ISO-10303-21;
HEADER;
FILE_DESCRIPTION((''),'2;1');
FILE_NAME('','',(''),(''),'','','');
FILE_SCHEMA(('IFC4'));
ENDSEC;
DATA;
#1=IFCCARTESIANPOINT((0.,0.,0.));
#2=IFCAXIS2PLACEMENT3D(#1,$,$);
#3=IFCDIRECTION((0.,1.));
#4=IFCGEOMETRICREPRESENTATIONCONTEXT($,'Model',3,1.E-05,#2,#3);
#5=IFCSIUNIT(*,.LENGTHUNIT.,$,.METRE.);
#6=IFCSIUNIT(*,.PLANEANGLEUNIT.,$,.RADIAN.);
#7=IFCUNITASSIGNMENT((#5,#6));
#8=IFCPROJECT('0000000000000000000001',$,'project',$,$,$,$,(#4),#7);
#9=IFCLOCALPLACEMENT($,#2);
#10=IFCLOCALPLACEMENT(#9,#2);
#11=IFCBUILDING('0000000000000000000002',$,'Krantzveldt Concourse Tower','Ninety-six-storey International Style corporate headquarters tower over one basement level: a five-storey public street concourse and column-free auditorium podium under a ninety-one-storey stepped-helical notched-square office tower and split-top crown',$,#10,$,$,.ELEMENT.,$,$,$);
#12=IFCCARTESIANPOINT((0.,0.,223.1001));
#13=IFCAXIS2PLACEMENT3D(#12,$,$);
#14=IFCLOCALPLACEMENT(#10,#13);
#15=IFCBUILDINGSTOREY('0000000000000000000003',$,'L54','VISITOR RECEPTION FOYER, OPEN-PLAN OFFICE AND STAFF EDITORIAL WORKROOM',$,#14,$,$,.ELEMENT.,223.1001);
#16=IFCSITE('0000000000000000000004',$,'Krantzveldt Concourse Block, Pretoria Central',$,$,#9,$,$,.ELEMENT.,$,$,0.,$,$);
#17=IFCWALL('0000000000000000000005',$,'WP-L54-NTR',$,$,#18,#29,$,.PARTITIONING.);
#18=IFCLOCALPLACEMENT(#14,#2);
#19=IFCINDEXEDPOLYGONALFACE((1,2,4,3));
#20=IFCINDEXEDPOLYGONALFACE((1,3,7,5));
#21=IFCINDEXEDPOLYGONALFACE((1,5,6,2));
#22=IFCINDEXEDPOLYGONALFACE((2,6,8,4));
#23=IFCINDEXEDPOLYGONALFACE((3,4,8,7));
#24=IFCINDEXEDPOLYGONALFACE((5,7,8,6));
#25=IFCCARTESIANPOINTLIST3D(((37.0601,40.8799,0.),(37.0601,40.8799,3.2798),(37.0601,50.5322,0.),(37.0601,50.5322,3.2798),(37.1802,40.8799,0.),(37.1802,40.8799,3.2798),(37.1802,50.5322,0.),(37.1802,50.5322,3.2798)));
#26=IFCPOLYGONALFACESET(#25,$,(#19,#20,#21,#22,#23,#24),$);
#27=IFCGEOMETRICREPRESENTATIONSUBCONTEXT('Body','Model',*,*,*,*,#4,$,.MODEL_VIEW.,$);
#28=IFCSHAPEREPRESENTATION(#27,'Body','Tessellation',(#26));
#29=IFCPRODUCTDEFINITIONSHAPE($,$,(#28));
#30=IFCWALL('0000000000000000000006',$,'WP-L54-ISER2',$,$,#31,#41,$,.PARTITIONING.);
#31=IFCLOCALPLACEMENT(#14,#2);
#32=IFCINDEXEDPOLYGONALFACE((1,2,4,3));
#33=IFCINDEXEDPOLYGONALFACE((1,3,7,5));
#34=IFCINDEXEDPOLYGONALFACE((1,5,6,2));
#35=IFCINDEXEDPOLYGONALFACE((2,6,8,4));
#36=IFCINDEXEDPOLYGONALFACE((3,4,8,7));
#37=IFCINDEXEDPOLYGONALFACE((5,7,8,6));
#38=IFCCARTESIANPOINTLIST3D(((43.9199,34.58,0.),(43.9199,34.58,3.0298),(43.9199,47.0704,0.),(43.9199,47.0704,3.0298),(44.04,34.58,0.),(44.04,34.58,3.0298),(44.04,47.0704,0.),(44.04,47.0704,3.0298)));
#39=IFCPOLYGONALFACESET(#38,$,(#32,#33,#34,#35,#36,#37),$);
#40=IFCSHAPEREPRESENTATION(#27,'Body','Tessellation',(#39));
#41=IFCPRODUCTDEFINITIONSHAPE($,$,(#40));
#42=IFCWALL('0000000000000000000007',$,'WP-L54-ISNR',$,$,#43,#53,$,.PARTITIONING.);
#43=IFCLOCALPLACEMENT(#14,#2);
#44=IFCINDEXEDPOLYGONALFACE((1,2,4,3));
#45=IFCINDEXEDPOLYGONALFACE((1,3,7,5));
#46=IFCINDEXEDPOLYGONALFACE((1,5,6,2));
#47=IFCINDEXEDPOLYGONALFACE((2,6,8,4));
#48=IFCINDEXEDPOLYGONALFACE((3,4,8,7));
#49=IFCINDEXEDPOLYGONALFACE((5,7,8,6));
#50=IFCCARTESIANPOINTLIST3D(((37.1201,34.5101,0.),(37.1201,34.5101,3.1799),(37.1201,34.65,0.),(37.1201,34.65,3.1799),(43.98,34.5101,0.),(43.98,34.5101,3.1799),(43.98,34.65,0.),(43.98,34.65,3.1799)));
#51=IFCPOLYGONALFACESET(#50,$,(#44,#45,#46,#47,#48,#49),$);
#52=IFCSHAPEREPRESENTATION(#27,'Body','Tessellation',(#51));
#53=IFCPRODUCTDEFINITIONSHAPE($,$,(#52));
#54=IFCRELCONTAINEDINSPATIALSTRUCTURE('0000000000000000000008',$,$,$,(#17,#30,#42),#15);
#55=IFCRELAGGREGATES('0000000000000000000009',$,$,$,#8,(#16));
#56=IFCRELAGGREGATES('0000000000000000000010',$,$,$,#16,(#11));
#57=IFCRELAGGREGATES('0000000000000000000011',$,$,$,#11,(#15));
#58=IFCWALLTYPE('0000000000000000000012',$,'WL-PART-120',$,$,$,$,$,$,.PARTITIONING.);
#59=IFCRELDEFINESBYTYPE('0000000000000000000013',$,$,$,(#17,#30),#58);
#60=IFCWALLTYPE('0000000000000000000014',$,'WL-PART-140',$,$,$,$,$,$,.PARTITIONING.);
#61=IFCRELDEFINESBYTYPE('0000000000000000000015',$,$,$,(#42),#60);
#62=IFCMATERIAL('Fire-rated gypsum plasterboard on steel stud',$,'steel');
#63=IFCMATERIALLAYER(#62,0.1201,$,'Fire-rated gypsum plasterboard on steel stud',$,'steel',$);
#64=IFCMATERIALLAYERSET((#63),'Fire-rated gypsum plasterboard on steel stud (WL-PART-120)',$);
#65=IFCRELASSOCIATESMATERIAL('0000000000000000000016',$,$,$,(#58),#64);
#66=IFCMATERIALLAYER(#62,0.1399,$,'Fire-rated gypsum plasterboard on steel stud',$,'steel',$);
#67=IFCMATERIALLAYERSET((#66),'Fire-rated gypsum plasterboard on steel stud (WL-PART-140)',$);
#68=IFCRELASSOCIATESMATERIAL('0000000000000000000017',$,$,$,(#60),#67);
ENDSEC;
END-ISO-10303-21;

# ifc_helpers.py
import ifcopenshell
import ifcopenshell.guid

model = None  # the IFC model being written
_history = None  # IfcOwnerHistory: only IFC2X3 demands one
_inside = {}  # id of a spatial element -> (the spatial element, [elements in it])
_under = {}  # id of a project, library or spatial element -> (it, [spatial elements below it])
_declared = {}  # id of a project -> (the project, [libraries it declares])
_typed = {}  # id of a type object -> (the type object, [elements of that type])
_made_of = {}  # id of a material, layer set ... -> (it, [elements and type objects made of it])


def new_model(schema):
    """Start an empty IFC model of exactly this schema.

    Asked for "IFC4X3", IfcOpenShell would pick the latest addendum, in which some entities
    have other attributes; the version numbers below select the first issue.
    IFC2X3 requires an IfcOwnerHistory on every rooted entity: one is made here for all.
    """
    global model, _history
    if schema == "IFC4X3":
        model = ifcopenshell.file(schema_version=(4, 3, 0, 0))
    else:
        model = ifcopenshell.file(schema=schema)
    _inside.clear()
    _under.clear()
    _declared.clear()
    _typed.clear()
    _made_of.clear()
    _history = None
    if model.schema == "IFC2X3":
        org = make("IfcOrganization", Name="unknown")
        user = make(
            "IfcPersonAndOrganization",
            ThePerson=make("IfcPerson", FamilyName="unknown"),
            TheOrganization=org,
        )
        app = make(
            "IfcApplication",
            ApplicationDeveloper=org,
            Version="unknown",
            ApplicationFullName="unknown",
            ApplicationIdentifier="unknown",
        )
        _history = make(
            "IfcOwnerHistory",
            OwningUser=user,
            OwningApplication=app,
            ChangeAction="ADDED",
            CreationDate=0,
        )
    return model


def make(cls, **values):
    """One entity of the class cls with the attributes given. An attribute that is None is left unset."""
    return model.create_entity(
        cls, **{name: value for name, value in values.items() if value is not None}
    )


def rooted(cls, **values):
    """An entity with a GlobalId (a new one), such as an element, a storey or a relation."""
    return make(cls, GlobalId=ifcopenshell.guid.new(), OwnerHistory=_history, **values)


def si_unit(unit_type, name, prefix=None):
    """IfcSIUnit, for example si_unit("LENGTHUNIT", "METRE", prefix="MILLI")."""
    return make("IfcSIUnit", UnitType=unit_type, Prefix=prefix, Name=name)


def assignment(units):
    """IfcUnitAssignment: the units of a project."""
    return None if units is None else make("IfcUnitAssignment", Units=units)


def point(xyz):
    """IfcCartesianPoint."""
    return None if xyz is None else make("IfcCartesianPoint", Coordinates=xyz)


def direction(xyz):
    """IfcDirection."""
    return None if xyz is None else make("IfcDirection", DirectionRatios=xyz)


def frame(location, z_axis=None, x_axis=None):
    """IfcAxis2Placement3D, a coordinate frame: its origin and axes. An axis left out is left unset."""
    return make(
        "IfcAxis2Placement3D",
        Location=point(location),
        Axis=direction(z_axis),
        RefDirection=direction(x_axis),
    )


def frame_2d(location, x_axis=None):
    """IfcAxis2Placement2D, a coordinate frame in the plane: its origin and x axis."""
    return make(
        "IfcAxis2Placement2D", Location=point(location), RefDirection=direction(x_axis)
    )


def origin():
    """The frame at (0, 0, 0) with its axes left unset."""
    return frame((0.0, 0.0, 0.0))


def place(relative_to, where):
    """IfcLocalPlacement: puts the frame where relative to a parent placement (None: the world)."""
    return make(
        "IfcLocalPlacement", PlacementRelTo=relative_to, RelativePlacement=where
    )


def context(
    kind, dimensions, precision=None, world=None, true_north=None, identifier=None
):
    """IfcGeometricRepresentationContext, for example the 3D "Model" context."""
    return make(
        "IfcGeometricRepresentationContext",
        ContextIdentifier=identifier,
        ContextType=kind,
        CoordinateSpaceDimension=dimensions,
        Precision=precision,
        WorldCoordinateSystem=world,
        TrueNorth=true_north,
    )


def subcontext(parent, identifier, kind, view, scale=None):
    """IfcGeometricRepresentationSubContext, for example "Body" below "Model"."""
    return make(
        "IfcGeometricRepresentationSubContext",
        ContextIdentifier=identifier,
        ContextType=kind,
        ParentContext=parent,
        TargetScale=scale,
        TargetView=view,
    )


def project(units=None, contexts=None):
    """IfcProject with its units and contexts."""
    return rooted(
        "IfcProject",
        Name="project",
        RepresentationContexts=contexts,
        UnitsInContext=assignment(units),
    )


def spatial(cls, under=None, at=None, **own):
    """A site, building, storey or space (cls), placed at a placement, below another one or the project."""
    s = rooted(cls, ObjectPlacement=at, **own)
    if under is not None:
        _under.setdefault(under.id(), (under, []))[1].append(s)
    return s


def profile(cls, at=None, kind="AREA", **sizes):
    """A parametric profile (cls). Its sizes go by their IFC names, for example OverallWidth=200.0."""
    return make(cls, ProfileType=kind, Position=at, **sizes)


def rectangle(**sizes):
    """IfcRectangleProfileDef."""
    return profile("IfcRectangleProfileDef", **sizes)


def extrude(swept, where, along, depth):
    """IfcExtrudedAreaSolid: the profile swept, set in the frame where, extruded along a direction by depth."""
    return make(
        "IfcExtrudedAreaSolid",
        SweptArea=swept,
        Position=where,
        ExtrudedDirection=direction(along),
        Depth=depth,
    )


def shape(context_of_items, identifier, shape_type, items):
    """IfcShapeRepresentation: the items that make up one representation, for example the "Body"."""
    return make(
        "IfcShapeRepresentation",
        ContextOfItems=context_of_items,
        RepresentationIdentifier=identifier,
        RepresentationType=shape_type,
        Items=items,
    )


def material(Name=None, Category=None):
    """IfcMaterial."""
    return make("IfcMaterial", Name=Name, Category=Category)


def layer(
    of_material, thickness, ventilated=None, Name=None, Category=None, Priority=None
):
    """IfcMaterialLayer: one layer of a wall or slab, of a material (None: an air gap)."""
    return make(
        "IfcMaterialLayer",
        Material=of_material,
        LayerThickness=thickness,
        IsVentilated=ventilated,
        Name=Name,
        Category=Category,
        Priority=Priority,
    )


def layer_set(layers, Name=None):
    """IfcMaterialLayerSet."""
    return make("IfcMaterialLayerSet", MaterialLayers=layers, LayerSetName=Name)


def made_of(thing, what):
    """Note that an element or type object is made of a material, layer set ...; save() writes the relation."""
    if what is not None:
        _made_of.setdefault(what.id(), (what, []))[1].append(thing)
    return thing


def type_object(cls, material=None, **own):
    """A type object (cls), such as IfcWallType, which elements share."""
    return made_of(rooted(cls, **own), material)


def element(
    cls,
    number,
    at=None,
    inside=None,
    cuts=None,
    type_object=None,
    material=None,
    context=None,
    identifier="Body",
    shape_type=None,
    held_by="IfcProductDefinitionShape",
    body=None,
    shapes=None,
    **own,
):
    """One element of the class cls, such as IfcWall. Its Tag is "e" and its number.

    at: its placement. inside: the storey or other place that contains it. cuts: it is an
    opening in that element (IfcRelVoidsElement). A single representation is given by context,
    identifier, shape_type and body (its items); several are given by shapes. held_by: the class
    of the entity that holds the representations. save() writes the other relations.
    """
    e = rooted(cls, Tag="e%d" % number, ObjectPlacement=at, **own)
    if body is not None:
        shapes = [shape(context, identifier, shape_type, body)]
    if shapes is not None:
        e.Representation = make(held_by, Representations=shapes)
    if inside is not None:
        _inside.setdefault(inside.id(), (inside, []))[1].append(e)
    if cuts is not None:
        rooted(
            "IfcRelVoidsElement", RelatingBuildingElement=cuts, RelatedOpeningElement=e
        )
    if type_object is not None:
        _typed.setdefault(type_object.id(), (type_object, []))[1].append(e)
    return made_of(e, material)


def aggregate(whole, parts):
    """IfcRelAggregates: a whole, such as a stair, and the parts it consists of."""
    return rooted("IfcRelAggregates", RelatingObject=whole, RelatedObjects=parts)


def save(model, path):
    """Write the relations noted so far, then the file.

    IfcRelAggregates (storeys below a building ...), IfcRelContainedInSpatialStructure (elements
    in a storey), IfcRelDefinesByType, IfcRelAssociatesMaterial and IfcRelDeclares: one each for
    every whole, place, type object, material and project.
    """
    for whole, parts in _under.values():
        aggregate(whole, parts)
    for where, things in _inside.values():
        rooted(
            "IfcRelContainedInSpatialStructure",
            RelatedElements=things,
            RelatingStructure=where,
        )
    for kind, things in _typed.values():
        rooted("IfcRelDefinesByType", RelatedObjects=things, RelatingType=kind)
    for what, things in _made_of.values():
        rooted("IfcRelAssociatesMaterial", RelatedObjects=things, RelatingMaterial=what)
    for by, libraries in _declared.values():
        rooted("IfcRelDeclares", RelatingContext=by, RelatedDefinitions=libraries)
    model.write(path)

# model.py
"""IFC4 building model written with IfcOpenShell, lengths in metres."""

from ifc_helpers import new_model, si_unit, direction, frame, frame_2d, origin, place, context, subcontext, project, spatial, rectangle, extrude, material, layer, layer_set, type_object, element, save


model = new_model("IFC4")

# Units and contexts
model_context = context("Model", 3, precision=1e-05, world=origin(), true_north=direction((0.0, 1.0)))
body_context = subcontext(model_context, "Body", "Model", "MODEL_VIEW")
ifc_project = project(units=[si_unit("LENGTHUNIT", "METRE"), si_unit("PLANEANGLEUNIT", "RADIAN")], contexts=[model_context])

# Site, building, storey
site_placement = place(None, origin())
site = spatial("IfcSite", under=ifc_project, at=site_placement, Name="Krantzveldt Concourse Block, Pretoria Central", CompositionType="ELEMENT", RefElevation=0.0)
building_placement = place(site_placement, origin())
building = spatial("IfcBuilding", under=site, at=building_placement, Name="Krantzveldt Concourse Tower", Description="Ninety-six-storey International Style corporate headquarters tower over one basement level: a five-storey public street concourse and column-free auditorium podium under a ninety-one-storey stepped-helical notched-square office tower and split-top crown", CompositionType="ELEMENT")
storey_placement = place(building_placement, frame((0.0, 0.0, 223.1001)))
storey = spatial("IfcBuildingStorey", under=building, at=storey_placement, Name="L54", Description="VISITOR RECEPTION FOYER, OPEN-PLAN OFFICE AND STAFF EDITORIAL WORKROOM", CompositionType="ELEMENT", Elevation=223.1001)

# Walls
ifc_material_1 = material(Name="Fire-rated gypsum plasterboard on steel stud", Category="steel")
ifc_layer_1 = layer(ifc_material_1, 0.1201, Name="Fire-rated gypsum plasterboard on steel stud", Category="steel")
ifc_layer_set_1 = layer_set([ifc_layer_1], Name="Fire-rated gypsum plasterboard on steel stud (WL-PART-120)")
wall_type_1 = type_object("IfcWallType", Name="WL-PART-120", PredefinedType="PARTITIONING", material=ifc_layer_set_1)
wall_1_placement = place(storey_placement, frame((37.1201, 40.8799, 0.0), z_axis=(0.0, 0.0, 1.0), x_axis=(0.0, 1.0, 0.0)))
element("IfcWall", 1, at=wall_1_placement, inside=storey, type_object=wall_type_1, Name="WP-L54-NTR", PredefinedType="PARTITIONING", context=body_context, shape_type="SweptSolid", body=[
    extrude(rectangle(XDim=9.6523, YDim=0.1201, at=frame_2d((4.8262, 0.0))), origin(), (0.0, 0.0, 1.0), 3.2798),
])
wall_2_placement = place(storey_placement, frame((43.98, 34.5801, 0.0), z_axis=(0.0, 0.0, 1.0), x_axis=(0.0, 1.0, 0.0)))
element("IfcWall", 2, at=wall_2_placement, inside=storey, type_object=wall_type_1, Name="WP-L54-ISER2", PredefinedType="PARTITIONING", context=body_context, shape_type="SweptSolid", body=[
    extrude(rectangle(XDim=12.4905, YDim=0.1201, at=frame_2d((6.2451, 0.0))), origin(), (0.0, 0.0, 1.0), 3.0298),
])
ifc_layer_2 = layer(ifc_material_1, 0.1399, Name="Fire-rated gypsum plasterboard on steel stud", Category="steel")
ifc_layer_set_2 = layer_set([ifc_layer_2], Name="Fire-rated gypsum plasterboard on steel stud (WL-PART-140)")
wall_type_2 = type_object("IfcWallType", Name="WL-PART-140", PredefinedType="PARTITIONING", material=ifc_layer_set_2)
wall_3_placement = place(storey_placement, frame((37.1201, 34.5801, 0.0), z_axis=(0.0, 0.0, 1.0), x_axis=(1.0, 0.0, 0.0)))
element("IfcWall", 3, at=wall_3_placement, inside=storey, type_object=wall_type_2, Name="WP-L54-ISNR", PredefinedType="PARTITIONING", context=body_context, shape_type="SweptSolid", body=[
    extrude(rectangle(XDim=6.8599, YDim=0.1399, at=frame_2d((3.4299, 0.0))), origin(), (0.0, 0.0, 1.0), 3.1799),
])

save(model, "model.ifc")
